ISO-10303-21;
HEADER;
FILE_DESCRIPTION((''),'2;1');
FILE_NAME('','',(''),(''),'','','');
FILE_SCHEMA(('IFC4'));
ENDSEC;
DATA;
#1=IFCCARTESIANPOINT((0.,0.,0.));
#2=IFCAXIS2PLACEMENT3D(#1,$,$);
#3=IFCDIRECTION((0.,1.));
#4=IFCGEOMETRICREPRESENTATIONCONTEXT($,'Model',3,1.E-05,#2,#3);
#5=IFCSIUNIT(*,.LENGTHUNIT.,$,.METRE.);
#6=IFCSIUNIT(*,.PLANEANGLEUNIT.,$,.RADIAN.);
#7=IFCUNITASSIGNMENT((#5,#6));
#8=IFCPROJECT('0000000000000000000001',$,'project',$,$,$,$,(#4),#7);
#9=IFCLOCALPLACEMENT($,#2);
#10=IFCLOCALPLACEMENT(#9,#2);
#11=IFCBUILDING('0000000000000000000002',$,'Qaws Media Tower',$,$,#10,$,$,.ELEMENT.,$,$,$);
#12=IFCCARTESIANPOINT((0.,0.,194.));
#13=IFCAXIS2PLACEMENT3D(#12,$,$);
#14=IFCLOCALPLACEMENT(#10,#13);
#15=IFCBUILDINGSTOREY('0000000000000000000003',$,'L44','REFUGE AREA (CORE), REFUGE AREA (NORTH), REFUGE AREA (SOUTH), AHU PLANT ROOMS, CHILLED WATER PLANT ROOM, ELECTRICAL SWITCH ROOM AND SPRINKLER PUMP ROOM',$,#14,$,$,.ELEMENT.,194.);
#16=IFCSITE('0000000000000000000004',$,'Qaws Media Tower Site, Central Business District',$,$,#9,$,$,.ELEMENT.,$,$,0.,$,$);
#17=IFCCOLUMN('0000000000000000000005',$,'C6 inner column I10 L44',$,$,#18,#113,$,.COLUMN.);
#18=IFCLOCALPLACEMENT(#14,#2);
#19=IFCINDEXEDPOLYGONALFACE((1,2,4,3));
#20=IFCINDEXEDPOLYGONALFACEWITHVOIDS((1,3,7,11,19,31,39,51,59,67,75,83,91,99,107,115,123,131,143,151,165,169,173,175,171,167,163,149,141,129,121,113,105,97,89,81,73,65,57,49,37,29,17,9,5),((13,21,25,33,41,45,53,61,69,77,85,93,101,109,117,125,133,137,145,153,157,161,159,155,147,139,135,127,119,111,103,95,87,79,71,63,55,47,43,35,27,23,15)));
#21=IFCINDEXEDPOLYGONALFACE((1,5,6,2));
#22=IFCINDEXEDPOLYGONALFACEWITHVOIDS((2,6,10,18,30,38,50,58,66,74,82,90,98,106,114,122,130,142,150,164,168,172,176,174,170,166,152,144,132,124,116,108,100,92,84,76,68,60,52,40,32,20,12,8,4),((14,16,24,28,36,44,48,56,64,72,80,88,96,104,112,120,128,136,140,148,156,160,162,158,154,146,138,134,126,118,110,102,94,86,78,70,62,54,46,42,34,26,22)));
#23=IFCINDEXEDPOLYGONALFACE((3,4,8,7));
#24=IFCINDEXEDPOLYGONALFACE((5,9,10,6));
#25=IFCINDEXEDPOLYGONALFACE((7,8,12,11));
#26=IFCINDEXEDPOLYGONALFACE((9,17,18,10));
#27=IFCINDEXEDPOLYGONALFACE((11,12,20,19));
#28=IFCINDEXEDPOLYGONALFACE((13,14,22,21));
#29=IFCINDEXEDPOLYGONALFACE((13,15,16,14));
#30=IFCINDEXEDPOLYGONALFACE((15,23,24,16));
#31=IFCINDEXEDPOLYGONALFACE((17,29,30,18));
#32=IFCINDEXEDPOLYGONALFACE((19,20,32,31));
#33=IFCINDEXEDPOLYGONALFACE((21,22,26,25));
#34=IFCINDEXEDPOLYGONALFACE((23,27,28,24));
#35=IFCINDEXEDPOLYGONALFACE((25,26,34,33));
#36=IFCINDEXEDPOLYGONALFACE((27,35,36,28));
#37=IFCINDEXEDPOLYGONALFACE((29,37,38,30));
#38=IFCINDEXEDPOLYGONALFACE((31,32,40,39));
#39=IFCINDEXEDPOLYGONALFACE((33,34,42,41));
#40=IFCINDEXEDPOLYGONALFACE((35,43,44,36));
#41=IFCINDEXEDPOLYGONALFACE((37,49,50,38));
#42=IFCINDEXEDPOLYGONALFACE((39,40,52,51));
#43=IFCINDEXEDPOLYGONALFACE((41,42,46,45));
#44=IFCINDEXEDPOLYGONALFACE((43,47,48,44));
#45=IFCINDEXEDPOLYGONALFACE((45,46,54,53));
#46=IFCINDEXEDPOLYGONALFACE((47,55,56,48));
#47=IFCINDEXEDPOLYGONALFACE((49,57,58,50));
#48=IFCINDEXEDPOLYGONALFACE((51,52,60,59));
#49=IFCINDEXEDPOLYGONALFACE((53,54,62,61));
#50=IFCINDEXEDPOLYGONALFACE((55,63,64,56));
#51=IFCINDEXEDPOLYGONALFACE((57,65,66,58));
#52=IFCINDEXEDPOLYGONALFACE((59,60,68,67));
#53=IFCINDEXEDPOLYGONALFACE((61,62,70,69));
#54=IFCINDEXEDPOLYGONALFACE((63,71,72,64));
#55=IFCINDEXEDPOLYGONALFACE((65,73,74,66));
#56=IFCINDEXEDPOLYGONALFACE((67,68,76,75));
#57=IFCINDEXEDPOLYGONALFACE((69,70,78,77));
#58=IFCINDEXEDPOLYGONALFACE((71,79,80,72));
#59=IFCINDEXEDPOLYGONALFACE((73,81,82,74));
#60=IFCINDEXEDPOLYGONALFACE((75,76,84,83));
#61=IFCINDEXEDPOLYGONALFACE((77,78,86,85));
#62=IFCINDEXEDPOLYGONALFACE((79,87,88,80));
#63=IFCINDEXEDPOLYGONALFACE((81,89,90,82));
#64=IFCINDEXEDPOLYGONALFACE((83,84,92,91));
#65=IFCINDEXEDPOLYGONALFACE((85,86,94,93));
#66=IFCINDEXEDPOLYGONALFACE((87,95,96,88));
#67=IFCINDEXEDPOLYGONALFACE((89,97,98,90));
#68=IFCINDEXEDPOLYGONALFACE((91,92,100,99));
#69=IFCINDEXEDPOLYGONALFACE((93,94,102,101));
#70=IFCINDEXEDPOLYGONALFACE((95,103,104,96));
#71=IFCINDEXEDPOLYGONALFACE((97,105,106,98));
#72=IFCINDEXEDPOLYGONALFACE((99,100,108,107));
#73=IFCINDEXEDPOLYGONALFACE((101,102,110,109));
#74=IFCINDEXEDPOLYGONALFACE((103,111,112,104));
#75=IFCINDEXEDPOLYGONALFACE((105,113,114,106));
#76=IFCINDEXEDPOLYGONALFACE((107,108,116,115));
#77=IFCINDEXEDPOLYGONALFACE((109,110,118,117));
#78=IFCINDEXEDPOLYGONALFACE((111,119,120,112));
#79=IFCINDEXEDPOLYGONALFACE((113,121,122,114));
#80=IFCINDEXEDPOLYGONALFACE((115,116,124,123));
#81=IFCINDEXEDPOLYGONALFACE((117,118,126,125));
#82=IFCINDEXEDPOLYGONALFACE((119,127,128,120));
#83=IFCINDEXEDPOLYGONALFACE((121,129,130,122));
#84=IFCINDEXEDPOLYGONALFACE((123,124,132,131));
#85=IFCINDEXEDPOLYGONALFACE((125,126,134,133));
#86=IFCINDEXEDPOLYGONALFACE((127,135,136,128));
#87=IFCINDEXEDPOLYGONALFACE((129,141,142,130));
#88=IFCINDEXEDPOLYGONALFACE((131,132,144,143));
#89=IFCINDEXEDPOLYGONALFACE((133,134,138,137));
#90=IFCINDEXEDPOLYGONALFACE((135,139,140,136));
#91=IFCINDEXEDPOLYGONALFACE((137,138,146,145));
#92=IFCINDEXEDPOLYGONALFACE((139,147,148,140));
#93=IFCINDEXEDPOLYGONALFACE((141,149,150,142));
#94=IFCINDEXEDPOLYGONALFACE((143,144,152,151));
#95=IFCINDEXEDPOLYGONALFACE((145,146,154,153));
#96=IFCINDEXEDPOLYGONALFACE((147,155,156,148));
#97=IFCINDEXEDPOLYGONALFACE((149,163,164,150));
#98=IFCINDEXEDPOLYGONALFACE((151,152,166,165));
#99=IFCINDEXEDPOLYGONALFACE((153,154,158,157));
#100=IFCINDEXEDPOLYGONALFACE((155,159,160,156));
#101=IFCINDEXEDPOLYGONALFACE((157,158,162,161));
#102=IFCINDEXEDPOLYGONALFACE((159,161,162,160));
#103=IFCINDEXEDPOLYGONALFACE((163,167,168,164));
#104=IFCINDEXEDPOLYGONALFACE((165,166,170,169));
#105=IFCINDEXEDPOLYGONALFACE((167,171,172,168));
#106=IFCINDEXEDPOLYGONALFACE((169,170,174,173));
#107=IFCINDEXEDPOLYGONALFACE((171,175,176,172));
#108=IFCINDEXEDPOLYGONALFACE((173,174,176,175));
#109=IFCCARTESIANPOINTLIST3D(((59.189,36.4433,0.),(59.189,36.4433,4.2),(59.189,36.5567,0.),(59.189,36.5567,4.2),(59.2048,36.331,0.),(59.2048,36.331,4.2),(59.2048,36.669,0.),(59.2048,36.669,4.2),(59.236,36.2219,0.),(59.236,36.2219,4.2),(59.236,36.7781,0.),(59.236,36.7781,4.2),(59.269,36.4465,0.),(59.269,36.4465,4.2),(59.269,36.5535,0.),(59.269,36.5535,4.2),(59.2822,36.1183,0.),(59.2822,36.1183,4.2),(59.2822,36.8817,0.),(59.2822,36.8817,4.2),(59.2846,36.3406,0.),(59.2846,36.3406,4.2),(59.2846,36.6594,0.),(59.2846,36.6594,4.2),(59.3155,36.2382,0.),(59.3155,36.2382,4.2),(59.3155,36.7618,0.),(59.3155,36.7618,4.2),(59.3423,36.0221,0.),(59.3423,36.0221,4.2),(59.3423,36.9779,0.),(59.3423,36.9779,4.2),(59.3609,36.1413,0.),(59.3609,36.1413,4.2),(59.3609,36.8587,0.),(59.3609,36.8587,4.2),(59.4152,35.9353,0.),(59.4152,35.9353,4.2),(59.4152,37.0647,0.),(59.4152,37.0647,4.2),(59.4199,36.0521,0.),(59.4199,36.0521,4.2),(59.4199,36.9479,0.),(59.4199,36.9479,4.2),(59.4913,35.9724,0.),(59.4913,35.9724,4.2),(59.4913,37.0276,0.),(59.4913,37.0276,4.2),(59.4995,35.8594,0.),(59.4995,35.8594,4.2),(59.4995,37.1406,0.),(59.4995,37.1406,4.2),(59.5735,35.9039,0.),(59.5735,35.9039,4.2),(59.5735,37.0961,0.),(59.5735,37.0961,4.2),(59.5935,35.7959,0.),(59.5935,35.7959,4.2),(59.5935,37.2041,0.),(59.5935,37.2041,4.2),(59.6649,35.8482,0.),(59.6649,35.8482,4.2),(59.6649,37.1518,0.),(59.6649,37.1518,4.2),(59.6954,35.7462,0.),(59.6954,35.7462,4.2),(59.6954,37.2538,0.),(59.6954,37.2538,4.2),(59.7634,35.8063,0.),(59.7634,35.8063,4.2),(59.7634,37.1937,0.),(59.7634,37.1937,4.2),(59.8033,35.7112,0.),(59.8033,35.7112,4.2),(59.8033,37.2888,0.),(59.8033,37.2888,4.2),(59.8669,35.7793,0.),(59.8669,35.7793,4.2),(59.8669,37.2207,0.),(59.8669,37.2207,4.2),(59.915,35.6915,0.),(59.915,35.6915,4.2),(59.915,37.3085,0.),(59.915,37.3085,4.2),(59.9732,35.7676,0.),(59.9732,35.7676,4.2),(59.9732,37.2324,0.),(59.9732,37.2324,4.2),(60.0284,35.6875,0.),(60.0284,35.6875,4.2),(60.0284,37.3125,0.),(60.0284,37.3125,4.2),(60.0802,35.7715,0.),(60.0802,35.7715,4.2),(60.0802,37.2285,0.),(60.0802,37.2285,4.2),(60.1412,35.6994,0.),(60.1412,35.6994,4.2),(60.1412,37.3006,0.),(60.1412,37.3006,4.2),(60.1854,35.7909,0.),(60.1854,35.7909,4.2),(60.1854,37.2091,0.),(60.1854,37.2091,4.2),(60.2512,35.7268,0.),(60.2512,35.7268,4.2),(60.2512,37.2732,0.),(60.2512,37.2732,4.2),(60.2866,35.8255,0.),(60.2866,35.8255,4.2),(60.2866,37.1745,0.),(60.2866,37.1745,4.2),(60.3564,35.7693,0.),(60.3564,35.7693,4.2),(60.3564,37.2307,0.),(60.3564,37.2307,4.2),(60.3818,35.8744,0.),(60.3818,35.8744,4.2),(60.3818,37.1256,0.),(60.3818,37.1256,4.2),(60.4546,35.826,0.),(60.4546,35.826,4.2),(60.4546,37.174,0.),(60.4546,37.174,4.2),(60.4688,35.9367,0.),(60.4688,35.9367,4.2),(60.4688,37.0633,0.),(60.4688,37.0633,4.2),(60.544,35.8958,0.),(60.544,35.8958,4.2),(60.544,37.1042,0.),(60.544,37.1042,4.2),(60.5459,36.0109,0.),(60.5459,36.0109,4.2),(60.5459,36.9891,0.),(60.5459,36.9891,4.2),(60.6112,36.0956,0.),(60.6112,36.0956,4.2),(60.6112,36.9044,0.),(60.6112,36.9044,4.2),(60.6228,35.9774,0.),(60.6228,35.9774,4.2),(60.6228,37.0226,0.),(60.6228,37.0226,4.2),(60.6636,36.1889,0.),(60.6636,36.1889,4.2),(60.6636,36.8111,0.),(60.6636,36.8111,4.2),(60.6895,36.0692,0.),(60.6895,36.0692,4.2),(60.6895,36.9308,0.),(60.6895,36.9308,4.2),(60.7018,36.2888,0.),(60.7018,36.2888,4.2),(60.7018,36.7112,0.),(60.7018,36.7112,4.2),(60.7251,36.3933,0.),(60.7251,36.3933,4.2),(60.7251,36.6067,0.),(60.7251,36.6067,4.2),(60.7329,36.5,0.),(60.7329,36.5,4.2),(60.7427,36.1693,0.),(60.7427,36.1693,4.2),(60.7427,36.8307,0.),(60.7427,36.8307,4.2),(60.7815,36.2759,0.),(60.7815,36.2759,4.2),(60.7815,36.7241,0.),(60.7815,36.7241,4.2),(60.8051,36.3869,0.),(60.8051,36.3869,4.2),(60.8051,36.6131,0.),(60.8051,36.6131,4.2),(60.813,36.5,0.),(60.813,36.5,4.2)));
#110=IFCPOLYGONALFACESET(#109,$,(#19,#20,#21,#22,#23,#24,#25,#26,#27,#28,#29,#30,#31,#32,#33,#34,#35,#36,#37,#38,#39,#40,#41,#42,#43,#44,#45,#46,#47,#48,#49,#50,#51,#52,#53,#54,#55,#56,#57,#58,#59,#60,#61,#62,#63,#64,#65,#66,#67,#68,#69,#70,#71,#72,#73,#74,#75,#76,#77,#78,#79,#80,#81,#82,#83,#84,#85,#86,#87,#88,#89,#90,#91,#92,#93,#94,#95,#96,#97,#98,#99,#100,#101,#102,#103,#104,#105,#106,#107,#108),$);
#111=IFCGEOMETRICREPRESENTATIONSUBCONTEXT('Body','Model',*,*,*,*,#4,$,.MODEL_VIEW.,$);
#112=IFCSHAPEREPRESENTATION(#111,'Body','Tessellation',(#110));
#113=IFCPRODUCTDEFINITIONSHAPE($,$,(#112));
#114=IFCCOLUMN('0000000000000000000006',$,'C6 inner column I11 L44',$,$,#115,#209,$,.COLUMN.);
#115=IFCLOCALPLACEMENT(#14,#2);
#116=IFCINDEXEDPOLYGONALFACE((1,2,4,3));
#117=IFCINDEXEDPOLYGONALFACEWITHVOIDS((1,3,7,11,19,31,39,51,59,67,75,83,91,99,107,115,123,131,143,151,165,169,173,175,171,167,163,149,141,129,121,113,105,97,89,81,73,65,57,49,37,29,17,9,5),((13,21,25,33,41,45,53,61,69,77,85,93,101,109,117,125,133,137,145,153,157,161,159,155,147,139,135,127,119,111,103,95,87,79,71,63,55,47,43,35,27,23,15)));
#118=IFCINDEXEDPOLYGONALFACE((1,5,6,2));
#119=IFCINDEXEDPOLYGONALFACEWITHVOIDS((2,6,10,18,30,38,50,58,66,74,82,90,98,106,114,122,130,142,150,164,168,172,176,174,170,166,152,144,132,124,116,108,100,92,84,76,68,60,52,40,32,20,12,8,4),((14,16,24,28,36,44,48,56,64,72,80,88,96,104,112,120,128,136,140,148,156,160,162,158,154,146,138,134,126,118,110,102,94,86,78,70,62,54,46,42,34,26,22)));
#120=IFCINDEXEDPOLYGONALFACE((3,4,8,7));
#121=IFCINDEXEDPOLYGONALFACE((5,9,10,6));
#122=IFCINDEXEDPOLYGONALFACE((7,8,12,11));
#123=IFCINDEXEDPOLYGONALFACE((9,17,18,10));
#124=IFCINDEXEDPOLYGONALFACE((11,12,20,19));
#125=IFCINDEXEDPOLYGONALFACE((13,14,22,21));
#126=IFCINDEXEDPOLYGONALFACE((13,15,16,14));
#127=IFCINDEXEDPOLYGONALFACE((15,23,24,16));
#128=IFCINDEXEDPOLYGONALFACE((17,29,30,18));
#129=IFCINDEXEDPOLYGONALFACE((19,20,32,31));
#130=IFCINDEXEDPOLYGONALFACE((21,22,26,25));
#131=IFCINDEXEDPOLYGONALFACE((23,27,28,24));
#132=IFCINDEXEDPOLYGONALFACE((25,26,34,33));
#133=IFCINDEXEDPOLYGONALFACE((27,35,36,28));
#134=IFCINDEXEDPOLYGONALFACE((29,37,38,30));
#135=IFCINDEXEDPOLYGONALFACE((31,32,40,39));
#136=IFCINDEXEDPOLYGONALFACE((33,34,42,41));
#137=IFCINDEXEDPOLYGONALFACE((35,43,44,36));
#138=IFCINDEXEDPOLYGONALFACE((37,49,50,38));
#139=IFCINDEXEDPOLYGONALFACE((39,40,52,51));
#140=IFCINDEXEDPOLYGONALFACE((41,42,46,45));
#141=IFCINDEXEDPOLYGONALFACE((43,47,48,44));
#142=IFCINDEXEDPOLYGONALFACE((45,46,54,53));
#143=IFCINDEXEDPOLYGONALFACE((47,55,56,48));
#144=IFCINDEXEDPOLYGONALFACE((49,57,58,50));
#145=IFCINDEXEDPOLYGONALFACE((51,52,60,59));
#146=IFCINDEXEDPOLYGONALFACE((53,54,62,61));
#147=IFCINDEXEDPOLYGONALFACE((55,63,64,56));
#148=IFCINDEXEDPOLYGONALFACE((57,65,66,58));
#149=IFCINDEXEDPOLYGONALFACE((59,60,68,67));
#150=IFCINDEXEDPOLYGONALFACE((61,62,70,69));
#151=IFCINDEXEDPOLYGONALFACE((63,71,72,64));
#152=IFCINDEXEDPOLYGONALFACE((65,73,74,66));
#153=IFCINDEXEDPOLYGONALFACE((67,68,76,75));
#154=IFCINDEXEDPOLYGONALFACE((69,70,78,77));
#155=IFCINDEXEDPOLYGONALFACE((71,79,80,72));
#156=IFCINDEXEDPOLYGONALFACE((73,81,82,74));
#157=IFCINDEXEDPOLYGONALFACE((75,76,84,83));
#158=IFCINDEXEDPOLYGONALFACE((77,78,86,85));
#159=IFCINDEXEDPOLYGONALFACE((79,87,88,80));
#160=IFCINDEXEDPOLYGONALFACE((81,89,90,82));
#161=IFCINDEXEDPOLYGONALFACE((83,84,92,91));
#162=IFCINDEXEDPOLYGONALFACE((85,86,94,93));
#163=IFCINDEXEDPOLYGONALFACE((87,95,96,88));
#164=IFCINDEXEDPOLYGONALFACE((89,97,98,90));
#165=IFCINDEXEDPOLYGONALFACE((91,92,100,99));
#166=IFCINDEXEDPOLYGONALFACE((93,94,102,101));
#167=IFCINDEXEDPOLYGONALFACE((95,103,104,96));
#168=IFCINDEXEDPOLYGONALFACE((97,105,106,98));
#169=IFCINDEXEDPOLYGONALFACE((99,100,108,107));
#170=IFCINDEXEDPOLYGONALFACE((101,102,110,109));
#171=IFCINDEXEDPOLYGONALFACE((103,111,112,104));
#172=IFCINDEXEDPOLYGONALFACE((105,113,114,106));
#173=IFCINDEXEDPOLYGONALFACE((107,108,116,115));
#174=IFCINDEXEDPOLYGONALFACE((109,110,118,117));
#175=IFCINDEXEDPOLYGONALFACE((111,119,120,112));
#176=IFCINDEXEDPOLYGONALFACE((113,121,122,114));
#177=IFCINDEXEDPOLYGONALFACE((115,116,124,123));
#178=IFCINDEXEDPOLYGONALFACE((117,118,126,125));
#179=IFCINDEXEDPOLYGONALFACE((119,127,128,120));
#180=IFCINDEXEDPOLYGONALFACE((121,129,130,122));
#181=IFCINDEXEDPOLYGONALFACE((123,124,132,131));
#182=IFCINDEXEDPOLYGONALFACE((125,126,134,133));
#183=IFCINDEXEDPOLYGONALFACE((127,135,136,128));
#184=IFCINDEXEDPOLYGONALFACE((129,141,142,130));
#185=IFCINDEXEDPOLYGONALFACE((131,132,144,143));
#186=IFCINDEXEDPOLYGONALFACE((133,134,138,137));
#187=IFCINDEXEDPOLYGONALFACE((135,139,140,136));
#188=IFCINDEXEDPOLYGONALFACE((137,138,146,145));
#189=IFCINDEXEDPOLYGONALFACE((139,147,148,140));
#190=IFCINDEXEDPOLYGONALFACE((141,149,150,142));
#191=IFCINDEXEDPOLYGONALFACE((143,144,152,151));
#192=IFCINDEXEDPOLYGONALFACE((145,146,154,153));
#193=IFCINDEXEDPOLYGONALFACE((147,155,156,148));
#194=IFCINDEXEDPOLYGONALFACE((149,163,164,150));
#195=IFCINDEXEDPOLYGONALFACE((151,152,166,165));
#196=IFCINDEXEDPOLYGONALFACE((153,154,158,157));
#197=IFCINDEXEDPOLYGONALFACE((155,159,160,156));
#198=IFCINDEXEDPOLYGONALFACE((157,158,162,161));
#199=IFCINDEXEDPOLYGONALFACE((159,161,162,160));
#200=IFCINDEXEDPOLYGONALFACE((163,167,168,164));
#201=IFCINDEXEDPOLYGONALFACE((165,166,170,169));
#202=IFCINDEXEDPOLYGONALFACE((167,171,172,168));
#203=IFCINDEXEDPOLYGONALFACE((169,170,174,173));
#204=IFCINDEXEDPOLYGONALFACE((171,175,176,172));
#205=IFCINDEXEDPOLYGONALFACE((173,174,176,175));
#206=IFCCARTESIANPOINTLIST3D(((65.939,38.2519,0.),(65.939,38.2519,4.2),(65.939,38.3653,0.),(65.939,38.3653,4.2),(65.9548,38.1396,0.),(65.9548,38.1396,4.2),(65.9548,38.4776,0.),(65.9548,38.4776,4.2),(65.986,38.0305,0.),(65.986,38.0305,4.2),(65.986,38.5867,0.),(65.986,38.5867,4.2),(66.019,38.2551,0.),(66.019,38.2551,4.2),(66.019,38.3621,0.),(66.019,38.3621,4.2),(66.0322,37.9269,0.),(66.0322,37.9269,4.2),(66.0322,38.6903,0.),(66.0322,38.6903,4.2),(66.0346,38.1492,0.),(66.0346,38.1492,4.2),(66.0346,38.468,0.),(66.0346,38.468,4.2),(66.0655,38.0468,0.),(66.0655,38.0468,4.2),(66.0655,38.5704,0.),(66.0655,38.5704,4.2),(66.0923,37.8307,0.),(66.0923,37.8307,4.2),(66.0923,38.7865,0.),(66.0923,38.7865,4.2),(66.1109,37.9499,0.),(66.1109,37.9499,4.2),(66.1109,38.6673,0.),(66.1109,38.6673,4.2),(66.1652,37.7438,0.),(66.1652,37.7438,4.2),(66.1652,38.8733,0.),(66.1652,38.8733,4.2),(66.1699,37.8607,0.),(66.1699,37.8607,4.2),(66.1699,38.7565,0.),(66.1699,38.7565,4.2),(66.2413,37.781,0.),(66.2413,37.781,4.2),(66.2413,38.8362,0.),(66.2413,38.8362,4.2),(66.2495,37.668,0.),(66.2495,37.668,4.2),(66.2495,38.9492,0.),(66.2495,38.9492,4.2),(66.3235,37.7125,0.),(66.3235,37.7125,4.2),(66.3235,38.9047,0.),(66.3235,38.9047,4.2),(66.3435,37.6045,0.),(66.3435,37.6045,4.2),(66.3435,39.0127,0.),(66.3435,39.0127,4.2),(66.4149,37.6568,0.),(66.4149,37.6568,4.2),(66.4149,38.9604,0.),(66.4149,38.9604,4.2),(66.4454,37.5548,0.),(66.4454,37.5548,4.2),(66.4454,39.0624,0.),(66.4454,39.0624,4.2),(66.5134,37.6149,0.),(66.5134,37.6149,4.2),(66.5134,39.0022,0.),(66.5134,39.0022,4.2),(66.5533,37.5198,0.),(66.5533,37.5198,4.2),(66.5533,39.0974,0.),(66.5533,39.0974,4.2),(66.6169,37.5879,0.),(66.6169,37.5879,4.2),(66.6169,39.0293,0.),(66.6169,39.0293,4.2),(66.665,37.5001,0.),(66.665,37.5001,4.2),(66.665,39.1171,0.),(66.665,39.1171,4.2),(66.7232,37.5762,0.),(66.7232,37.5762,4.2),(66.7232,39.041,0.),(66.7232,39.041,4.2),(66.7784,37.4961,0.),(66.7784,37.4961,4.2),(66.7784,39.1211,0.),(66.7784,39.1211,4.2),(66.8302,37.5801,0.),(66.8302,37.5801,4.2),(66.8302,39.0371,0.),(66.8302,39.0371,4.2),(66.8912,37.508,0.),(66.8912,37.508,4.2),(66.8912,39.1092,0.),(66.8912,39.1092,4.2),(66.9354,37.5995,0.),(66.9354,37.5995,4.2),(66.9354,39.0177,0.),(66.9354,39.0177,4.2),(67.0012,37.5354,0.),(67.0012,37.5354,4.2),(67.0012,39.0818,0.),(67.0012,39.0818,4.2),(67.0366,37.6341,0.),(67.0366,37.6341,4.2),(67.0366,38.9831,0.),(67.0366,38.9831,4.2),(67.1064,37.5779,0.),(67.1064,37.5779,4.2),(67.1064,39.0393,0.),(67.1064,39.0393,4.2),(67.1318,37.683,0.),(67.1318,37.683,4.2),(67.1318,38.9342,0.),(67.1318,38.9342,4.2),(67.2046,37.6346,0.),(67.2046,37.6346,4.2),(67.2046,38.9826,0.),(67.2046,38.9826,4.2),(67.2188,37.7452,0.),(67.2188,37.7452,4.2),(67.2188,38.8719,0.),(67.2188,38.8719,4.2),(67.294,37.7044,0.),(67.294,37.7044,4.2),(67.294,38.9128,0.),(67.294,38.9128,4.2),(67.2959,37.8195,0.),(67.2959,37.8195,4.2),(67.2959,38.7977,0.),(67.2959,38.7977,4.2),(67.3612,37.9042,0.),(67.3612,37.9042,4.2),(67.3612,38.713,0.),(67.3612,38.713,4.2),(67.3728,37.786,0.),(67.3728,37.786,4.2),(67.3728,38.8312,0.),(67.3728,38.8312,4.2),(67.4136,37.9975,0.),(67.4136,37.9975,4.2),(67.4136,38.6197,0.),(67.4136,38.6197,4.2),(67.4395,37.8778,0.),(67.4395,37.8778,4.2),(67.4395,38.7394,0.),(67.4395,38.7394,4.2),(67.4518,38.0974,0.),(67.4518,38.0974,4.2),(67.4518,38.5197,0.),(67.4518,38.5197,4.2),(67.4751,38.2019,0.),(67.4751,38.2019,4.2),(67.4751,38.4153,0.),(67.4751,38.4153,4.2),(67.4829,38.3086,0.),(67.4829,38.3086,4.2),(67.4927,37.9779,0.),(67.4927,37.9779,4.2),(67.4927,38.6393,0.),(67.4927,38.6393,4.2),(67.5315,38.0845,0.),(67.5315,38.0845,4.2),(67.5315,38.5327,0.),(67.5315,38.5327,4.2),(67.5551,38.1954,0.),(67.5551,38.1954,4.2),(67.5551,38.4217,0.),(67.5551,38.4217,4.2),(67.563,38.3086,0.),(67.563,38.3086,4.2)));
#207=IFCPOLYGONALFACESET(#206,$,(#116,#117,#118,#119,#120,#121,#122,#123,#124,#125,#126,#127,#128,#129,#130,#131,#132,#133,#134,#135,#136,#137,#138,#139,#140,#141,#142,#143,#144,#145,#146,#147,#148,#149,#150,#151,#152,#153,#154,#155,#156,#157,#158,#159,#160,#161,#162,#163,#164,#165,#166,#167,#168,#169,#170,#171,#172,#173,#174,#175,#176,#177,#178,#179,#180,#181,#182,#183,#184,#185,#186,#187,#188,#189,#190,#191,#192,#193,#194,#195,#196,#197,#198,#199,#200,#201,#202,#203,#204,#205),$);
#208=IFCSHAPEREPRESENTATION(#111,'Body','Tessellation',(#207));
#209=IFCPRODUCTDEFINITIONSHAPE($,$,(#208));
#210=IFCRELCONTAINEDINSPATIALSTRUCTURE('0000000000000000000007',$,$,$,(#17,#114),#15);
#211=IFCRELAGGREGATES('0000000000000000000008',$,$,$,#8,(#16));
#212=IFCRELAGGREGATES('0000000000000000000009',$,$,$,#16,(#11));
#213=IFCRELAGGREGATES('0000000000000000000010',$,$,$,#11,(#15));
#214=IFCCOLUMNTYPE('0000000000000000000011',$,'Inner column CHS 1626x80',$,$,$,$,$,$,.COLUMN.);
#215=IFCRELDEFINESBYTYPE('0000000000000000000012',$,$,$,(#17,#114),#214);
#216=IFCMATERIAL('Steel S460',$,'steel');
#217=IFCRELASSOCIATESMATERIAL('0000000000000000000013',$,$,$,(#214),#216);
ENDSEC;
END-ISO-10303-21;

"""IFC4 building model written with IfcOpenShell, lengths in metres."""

from ifc_helpers import new_model, si_unit, direction, frame, origin, origin_2d, place, context, subcontext, project, spatial, hollow_circle, extrude, material, material_profile, profile_set, type_object, element, save


model = new_model("IFC4")

# Units and contexts
model_context = context("Model", 3, precision=1e-05, world=origin(), true_north=direction((0.0, 1.0)))
body_context = subcontext(model_context, "Body", "Model", "MODEL_VIEW")
ifc_project = project(units=[si_unit("LENGTHUNIT", "METRE"), si_unit("PLANEANGLEUNIT", "RADIAN")], contexts=[model_context])

# Site, building, storey
site_placement = place(None, origin())
site = spatial("IfcSite", under=ifc_project, at=site_placement, Name="Qaws Media Tower Site, Central Business District", CompositionType="ELEMENT", RefElevation=0.0)
building_placement = place(site_placement, origin())
building = spatial("IfcBuilding", under=site, at=building_placement, Name="Qaws Media Tower", CompositionType="ELEMENT")
storey_placement = place(building_placement, frame((0.0, 0.0, 194.0)))
storey = spatial("IfcBuildingStorey", under=building, at=storey_placement, Name="L44", Description="REFUGE AREA (CORE), REFUGE AREA (NORTH), REFUGE AREA (SOUTH), AHU PLANT ROOMS, CHILLED WATER PLANT ROOM, ELECTRICAL SWITCH ROOM AND SPRINKLER PUMP ROOM", CompositionType="ELEMENT", Elevation=194.0)

# Columns
ifc_material_1 = material(Name="Steel S460", Category="steel")
ifc_material_profile_1 = material_profile(ifc_material_1, hollow_circle(Radius=0.813, WallThickness=0.0801, at=origin_2d()), Name="CHS 1626x80")
ifc_profile_set_1 = profile_set([ifc_material_profile_1], Name="Steel S460")
column_type = type_object("IfcColumnType", Name="Inner column CHS 1626x80", PredefinedType="COLUMN", material=ifc_profile_set_1)
for number, where, z_axis, x_axis, name in (
    (1, (60.0, 36.5, 0.0), (0.0, 0.0, 1.0), (1.0, 0.0, 0.0), "C6 inner column I10 L44"),
    (2, (66.75, 38.3086, 0.0), (0.0, 0.0, 1.0), (1.0, 0.0, 0.0), "C6 inner column I11 L44"),
):
    element("IfcColumn", number, at=place(storey_placement, frame(where, z_axis=z_axis, x_axis=x_axis)), inside=storey, type_object=column_type, Name=name, PredefinedType="COLUMN", context=body_context, shape_type="SweptSolid", body=[
        extrude(hollow_circle(Radius=0.813, WallThickness=0.0801, at=origin_2d()), origin(), (0.0, 0.0, 1.0), 4.2),
    ])

save(model, "model.ifc")
